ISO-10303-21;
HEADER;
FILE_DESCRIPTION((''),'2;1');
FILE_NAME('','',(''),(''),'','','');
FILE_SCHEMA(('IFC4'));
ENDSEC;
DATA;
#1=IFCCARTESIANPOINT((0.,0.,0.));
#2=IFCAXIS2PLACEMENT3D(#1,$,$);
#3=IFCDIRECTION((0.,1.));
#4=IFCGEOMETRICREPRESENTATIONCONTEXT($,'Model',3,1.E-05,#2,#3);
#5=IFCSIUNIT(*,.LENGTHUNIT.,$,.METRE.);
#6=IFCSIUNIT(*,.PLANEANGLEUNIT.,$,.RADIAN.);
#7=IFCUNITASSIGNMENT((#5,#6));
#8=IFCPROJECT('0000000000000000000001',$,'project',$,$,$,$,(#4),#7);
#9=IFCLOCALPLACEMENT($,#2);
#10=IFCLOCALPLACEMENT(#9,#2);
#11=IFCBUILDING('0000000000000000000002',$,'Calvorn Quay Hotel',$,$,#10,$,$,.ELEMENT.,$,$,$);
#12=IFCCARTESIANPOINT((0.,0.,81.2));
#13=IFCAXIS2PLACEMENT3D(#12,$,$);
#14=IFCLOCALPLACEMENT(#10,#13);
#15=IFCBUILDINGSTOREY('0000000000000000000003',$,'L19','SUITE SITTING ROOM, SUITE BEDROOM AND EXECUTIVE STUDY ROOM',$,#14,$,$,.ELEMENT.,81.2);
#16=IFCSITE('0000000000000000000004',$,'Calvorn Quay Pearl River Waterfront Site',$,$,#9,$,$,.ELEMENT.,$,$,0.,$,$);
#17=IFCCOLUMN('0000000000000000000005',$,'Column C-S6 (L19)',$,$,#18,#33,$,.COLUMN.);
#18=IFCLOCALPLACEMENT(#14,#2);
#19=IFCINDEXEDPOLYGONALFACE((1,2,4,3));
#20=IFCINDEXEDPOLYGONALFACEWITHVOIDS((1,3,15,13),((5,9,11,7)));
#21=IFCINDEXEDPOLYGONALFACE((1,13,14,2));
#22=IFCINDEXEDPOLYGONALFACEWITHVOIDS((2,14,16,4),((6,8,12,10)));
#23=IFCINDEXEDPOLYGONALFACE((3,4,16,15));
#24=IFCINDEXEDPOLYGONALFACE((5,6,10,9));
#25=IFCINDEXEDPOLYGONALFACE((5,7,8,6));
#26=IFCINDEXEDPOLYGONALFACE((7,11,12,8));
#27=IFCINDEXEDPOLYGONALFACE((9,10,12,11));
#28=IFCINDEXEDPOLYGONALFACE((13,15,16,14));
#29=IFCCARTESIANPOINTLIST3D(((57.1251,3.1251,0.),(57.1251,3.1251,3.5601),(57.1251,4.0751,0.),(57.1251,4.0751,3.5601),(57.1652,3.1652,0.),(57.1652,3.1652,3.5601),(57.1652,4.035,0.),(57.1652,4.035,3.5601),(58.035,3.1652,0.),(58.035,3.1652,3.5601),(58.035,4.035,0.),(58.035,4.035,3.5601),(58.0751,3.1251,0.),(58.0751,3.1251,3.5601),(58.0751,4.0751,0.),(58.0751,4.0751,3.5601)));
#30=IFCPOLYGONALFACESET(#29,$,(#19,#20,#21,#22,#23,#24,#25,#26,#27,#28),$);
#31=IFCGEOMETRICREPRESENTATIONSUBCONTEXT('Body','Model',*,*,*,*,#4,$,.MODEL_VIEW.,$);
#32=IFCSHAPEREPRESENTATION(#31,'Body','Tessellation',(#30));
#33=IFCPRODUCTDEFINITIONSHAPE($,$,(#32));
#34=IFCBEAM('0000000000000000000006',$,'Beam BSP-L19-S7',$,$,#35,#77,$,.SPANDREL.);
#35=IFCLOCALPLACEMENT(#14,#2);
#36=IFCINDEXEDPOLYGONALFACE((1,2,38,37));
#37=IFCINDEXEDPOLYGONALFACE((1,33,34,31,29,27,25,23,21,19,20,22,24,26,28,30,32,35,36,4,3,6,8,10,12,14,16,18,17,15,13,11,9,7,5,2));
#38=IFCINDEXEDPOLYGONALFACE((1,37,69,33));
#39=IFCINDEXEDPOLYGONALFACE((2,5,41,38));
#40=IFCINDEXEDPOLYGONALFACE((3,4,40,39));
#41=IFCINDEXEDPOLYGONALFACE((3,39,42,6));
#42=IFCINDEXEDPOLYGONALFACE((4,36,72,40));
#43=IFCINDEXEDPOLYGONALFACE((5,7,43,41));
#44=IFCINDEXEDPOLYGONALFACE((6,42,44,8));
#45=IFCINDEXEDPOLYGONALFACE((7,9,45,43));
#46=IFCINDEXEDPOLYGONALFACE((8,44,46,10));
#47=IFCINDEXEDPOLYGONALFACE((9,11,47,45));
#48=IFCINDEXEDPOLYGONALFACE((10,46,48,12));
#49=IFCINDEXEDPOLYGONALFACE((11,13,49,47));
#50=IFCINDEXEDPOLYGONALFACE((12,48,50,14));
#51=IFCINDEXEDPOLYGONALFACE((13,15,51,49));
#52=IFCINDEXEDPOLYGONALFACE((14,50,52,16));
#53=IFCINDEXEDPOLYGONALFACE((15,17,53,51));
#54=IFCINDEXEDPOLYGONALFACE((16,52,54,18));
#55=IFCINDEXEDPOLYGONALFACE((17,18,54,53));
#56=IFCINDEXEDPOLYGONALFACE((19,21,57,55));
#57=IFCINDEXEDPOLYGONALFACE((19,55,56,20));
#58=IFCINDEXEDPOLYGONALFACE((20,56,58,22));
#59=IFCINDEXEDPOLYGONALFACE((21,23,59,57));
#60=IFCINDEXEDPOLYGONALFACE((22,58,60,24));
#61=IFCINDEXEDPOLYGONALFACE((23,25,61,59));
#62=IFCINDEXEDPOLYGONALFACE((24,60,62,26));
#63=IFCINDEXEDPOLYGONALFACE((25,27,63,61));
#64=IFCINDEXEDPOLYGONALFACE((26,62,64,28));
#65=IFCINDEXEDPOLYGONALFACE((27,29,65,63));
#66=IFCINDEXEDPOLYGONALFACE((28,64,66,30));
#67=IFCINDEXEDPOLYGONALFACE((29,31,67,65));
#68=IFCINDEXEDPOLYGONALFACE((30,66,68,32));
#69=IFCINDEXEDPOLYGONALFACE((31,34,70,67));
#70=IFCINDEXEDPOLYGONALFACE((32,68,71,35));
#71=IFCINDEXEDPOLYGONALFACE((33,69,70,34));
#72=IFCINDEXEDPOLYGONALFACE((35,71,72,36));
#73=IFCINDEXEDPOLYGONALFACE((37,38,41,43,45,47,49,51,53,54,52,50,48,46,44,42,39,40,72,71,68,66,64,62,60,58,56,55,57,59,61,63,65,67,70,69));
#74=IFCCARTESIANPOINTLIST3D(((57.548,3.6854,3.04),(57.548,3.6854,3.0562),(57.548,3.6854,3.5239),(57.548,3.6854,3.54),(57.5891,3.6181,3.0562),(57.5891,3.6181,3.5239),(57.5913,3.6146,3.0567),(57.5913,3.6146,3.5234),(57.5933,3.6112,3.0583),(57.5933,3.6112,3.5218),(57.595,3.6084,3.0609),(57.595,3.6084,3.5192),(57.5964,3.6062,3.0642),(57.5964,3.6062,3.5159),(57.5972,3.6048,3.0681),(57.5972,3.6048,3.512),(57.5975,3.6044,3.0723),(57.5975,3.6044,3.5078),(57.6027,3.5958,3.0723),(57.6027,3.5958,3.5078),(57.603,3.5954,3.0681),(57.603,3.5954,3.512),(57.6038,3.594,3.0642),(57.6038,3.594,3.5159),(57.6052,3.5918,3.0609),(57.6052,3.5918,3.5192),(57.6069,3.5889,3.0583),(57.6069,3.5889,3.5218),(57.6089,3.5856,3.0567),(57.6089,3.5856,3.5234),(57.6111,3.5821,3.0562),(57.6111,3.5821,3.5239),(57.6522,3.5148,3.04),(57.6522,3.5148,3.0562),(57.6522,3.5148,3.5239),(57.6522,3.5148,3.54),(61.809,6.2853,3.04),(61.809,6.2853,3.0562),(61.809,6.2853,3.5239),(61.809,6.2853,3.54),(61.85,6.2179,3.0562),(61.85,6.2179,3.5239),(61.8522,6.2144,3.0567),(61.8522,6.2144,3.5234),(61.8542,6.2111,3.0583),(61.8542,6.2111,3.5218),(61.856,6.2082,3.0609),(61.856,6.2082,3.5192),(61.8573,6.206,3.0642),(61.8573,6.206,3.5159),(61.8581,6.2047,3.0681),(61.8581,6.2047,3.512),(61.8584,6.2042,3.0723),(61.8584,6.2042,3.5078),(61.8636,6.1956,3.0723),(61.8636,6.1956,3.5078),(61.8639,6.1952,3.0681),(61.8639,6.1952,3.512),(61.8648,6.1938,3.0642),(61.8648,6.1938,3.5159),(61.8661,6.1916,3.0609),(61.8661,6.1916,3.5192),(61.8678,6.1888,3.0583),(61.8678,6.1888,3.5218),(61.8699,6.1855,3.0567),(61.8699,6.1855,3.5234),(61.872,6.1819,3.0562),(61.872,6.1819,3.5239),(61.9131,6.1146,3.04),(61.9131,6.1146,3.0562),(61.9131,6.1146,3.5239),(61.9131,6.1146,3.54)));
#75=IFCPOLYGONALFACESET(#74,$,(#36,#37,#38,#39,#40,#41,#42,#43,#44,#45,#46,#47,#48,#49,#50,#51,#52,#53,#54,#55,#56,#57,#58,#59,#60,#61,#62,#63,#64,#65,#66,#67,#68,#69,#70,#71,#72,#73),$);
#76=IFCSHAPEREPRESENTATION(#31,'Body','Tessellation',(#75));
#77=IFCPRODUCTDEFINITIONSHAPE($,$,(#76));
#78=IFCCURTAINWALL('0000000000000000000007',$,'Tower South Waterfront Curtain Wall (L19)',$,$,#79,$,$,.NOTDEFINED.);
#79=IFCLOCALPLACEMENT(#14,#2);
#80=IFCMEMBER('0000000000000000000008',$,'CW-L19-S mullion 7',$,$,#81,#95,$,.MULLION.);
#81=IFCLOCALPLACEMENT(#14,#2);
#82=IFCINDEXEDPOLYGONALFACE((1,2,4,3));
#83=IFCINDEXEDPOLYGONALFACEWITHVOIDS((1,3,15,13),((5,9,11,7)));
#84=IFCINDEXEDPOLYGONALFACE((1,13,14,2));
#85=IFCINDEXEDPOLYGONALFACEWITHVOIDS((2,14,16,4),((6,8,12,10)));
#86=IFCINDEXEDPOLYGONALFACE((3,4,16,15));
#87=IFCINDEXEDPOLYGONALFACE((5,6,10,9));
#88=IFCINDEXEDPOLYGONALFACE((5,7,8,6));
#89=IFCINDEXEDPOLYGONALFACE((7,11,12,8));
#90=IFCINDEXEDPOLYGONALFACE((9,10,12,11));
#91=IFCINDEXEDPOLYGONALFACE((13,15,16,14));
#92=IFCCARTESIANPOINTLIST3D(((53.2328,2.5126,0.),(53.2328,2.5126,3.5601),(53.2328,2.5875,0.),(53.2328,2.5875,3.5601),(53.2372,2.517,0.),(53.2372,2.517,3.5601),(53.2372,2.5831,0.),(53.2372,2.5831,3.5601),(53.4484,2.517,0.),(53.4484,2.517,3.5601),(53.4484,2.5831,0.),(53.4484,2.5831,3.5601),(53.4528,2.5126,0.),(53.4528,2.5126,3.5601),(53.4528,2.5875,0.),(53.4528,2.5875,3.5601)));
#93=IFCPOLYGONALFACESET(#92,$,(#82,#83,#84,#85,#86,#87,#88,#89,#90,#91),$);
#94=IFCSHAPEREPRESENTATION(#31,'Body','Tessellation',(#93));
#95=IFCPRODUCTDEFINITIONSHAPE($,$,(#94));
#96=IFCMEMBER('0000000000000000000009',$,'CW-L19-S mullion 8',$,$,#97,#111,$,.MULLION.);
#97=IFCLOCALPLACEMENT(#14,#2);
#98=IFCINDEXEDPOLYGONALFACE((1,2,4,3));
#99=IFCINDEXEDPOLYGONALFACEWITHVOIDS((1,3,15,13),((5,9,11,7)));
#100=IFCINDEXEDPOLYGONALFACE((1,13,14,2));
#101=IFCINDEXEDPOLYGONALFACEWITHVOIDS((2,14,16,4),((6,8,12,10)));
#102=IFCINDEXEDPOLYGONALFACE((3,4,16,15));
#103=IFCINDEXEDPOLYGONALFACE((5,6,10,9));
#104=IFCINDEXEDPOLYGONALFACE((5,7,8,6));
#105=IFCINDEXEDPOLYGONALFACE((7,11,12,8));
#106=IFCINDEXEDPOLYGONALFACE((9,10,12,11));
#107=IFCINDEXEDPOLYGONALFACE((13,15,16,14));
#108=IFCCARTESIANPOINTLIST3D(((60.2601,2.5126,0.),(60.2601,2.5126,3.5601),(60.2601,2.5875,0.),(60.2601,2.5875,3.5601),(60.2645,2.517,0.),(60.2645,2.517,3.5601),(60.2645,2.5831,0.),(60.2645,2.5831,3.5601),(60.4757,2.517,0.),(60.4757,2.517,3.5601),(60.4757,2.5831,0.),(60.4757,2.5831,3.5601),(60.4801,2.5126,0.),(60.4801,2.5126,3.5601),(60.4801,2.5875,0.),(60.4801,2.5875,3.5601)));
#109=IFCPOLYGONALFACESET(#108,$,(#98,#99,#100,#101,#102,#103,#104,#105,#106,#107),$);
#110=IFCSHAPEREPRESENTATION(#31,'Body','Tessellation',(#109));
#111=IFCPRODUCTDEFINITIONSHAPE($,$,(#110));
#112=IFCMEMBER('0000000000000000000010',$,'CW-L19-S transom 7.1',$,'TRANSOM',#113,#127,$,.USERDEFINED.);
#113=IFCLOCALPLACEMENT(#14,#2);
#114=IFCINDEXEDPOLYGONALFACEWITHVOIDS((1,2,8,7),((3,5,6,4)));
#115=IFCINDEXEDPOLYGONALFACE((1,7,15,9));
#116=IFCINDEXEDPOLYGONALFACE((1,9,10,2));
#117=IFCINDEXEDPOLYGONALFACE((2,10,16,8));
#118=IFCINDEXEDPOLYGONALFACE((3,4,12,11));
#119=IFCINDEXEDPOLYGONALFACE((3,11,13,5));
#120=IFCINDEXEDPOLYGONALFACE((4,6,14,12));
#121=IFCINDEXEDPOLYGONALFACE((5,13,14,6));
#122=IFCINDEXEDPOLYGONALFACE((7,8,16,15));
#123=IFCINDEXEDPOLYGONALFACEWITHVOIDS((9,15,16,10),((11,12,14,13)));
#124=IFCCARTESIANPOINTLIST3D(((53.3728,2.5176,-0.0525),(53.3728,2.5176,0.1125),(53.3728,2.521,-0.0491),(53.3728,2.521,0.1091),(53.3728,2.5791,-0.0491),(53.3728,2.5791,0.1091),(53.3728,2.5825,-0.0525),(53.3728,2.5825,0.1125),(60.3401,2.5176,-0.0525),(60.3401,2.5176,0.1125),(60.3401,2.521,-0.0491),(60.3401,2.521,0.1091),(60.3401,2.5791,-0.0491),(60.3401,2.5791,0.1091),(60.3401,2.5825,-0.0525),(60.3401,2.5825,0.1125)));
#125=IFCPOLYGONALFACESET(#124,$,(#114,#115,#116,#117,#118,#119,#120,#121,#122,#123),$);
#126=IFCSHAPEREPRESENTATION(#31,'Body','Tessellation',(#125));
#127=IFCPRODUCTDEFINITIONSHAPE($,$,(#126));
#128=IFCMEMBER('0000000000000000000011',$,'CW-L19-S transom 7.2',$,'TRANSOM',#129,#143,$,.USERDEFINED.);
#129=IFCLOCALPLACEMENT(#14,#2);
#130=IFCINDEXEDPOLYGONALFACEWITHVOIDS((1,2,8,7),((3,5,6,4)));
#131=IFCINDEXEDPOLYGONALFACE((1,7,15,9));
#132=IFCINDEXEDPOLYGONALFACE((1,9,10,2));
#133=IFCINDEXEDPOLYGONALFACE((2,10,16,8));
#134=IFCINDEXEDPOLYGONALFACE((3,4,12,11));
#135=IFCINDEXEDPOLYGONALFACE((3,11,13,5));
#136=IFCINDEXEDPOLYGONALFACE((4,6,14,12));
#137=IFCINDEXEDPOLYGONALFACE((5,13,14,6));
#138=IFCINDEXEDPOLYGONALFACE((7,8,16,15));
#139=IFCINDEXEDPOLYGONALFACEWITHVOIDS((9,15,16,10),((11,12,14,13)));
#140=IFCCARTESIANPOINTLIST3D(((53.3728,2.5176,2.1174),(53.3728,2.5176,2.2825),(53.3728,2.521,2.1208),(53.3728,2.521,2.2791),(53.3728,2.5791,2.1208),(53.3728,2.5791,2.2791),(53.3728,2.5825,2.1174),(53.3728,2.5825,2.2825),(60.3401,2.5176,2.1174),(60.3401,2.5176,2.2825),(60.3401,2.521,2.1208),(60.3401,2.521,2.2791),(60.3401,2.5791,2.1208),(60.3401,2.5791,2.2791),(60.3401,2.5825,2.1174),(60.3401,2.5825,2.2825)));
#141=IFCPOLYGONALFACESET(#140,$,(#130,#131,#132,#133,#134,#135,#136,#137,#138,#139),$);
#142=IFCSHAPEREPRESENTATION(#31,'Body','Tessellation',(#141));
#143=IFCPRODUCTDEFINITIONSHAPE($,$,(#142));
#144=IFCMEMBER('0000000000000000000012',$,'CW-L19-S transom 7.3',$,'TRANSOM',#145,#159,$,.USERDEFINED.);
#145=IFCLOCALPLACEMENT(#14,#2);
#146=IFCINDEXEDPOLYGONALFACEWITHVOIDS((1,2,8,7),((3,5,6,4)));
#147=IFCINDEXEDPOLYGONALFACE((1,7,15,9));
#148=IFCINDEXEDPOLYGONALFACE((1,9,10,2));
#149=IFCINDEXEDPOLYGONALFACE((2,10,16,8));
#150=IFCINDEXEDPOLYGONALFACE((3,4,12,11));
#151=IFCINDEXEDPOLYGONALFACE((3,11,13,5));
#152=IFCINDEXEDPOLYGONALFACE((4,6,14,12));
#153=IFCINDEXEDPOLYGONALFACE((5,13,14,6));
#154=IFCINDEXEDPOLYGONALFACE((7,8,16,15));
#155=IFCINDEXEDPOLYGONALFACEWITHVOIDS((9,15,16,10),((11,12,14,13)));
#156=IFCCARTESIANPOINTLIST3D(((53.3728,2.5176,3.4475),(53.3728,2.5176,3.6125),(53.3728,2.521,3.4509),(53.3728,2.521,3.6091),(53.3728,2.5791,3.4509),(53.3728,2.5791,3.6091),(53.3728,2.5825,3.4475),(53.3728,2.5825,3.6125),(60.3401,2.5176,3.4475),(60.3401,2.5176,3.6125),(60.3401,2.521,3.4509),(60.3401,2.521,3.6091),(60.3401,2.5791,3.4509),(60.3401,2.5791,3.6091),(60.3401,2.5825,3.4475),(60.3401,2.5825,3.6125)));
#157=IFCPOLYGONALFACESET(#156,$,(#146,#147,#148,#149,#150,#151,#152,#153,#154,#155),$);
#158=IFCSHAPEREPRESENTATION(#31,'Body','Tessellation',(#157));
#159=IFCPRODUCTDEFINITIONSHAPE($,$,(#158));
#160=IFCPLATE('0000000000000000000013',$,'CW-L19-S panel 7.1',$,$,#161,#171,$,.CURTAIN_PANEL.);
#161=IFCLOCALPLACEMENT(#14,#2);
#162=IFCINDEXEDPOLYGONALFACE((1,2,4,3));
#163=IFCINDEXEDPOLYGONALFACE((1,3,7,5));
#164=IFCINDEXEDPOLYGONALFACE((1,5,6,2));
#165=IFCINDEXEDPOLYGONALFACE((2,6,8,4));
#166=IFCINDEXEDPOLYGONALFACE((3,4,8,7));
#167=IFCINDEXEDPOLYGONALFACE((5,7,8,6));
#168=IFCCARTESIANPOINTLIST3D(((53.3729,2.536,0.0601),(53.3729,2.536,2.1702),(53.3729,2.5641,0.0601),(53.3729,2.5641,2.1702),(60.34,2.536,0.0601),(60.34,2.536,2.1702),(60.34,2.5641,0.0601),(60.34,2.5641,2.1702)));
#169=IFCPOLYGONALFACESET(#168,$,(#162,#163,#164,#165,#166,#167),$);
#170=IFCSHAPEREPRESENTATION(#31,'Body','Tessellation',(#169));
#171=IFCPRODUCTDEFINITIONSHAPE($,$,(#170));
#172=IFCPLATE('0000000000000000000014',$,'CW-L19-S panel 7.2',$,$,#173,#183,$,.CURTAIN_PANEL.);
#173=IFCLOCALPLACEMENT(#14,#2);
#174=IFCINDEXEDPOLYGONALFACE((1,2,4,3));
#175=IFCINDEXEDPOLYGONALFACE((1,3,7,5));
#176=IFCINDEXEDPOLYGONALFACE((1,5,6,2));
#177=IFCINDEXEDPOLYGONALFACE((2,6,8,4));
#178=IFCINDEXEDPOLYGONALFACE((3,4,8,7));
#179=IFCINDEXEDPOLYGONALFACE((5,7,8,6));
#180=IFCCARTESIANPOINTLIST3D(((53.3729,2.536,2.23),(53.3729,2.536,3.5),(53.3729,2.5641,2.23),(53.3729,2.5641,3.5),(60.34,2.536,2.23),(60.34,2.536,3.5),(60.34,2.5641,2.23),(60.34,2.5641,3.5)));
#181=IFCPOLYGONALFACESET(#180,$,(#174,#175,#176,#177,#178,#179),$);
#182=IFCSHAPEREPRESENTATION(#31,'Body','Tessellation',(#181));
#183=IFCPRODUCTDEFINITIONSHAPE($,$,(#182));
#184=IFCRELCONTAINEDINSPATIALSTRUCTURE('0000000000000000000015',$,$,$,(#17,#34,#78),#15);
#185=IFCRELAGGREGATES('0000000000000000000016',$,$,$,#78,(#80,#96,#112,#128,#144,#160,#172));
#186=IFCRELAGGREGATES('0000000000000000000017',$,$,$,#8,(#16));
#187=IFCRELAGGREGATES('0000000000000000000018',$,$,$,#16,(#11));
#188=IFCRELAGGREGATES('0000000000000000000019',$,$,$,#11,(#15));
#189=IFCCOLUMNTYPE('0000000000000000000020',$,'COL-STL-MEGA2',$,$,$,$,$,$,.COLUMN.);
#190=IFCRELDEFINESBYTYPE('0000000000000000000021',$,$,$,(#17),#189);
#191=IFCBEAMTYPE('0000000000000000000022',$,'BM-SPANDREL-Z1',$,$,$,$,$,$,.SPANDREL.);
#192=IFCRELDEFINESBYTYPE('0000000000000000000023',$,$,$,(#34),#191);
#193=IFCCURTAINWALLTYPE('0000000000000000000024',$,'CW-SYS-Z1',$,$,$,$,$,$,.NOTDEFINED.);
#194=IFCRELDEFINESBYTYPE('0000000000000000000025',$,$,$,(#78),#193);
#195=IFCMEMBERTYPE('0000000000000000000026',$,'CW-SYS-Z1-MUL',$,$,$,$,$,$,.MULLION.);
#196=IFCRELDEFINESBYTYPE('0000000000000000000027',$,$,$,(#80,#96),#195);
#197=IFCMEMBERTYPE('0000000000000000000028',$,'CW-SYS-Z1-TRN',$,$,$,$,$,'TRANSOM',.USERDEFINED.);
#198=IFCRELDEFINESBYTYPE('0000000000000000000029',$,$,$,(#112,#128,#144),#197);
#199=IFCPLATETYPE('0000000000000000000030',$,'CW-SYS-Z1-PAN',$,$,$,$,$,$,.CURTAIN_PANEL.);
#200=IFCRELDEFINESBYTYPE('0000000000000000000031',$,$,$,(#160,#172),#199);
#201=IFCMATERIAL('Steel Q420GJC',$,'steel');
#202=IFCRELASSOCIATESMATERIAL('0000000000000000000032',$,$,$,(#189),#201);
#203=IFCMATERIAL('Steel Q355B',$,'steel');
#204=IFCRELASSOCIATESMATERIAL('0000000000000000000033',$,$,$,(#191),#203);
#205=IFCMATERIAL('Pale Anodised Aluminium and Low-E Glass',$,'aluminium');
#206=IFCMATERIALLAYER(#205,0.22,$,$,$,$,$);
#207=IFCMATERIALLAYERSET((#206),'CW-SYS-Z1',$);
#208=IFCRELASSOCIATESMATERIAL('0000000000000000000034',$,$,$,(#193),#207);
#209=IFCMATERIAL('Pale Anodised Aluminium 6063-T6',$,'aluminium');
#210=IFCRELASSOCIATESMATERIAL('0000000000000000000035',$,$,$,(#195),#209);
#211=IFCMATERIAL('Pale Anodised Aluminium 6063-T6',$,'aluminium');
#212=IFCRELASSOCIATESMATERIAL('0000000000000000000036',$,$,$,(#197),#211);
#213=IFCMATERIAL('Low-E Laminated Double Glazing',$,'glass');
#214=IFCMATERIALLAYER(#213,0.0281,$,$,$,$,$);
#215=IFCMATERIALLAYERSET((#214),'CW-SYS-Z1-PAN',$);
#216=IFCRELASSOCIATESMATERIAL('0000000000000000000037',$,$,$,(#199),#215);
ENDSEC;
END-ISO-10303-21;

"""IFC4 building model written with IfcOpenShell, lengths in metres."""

from ifc_helpers import new_model, si_unit, direction, frame, origin, origin_2d, place, context, subcontext, project, spatial, rectangle, hollow_rectangle, i_section, extrude, material, layer, layer_set, material_profile, profile_set, type_object, element, aggregate, save


model = new_model("IFC4")

# Units and contexts
model_context = context("Model", 3, precision=1e-05, world=origin(), true_north=direction((0.0, 1.0)))
body_context = subcontext(model_context, "Body", "Model", "MODEL_VIEW")
ifc_project = project(units=[si_unit("LENGTHUNIT", "METRE"), si_unit("PLANEANGLEUNIT", "RADIAN")], contexts=[model_context])

# Site, building, storey
site_placement = place(None, origin())
site = spatial("IfcSite", under=ifc_project, at=site_placement, Name="Calvorn Quay Pearl River Waterfront Site", CompositionType="ELEMENT", RefElevation=0.0)
building_placement = place(site_placement, origin())
building = spatial("IfcBuilding", under=site, at=building_placement, Name="Calvorn Quay Hotel", CompositionType="ELEMENT")
storey_placement = place(building_placement, frame((0.0, 0.0, 81.2)))
storey = spatial("IfcBuildingStorey", under=building, at=storey_placement, Name="L19", Description="SUITE SITTING ROOM, SUITE BEDROOM AND EXECUTIVE STUDY ROOM", CompositionType="ELEMENT", Elevation=81.2)

# Column
ifc_material_1 = material(Name="Steel Q420GJC", Category="steel")
ifc_material_profile_1 = material_profile(ifc_material_1, hollow_rectangle(XDim=0.95, YDim=0.95, WallThickness=0.04, at=origin_2d()), Name="BOX950x950x40")
ifc_profile_set_1 = profile_set([ifc_material_profile_1], Name="Steel Q420GJC")
column_type = type_object("IfcColumnType", Name="COL-STL-MEGA2", PredefinedType="COLUMN", material=ifc_profile_set_1)
column_placement = place(storey_placement, frame((57.6001, 3.6001, 0.0), z_axis=(0.0, 0.0, 1.0), x_axis=(1.0, 0.0, 0.0)))
element("IfcColumn", 1, at=column_placement, inside=storey, type_object=column_type, Name="Column C-S6 (L19)", PredefinedType="COLUMN", context=body_context, shape_type="SweptSolid", body=[
    extrude(hollow_rectangle(XDim=0.95, YDim=0.95, WallThickness=0.04, at=origin_2d()), origin(), (0.0, 0.0, 1.0), 3.5601),
])

# Beam
ifc_material_2 = material(Name="Steel Q355B", Category="steel")
ifc_material_profile_2 = material_profile(ifc_material_2, i_section(OverallWidth=0.2, OverallDepth=0.5, WebThickness=0.01, FlangeThickness=0.0161, FilletRadius=0.0161, at=origin_2d()), Name="HN500x200x10x16")
ifc_profile_set_2 = profile_set([ifc_material_profile_2], Name="Steel Q355B")
beam_type = type_object("IfcBeamType", Name="BM-SPANDREL-Z1", PredefinedType="SPANDREL", material=ifc_profile_set_2)
beam_placement = place(storey_placement, frame((57.6001, 3.6001, 3.29), z_axis=(0.853646, 0.520854, 0.0), x_axis=(-0.520854, 0.853646, 0.0)))
element("IfcBeam", 2, at=beam_placement, inside=storey, type_object=beam_type, Name="Beam BSP-L19-S7", PredefinedType="SPANDREL", context=body_context, shape_type="SweptSolid", body=[
    extrude(i_section(OverallWidth=0.2, OverallDepth=0.5, WebThickness=0.01, FlangeThickness=0.0161, FilletRadius=0.0161, at=origin_2d()), origin(), (0.0, 0.0, 1.0), 4.9915),
])

# Curtain wall, members, plates
ifc_material_3 = material(Name="Pale Anodised Aluminium and Low-E Glass", Category="aluminium")
ifc_layer_1 = layer(ifc_material_3, 0.22)
ifc_layer_set_1 = layer_set([ifc_layer_1], Name="CW-SYS-Z1")
curtain_wall_type = type_object("IfcCurtainWallType", Name="CW-SYS-Z1", PredefinedType="NOTDEFINED", material=ifc_layer_set_1)
curtain_wall_placement = place(storey_placement, origin())
curtain_wall = element("IfcCurtainWall", 3, at=curtain_wall_placement, inside=storey, type_object=curtain_wall_type, Name="Tower South Waterfront Curtain Wall (L19)", PredefinedType="NOTDEFINED")
ifc_material_4 = material(Name="Pale Anodised Aluminium 6063-T6", Category="aluminium")
ifc_material_profile_3 = material_profile(ifc_material_4, hollow_rectangle(XDim=0.075, YDim=0.22, WallThickness=0.0044, at=origin_2d()), Name="ALU-M220x75x4.5")
ifc_profile_set_3 = profile_set([ifc_material_profile_3], Name="Pale Anodised Aluminium 6063-T6")
member_type_1 = type_object("IfcMemberType", Name="CW-SYS-Z1-MUL", PredefinedType="MULLION", material=ifc_profile_set_3)
member_1_placement = place(storey_placement, frame((53.3428, 2.55, 0.0), z_axis=(0.0, 0.0, 1.0), x_axis=(0.0, 1.0, 0.0)))
member_1 = element("IfcMember", 4, at=member_1_placement, type_object=member_type_1, Name="CW-L19-S mullion 7", PredefinedType="MULLION", context=body_context, shape_type="SweptSolid", body=[
    extrude(hollow_rectangle(XDim=0.075, YDim=0.22, WallThickness=0.0044, at=origin_2d()), origin(), (0.0, 0.0, 1.0), 3.5601),
])
member_2_placement = place(storey_placement, frame((60.3701, 2.55, 0.0), z_axis=(0.0, 0.0, 1.0), x_axis=(0.0, 1.0, 0.0)))
member_2 = element("IfcMember", 5, at=member_2_placement, type_object=member_type_1, Name="CW-L19-S mullion 8", PredefinedType="MULLION", context=body_context, shape_type="SweptSolid", body=[
    extrude(hollow_rectangle(XDim=0.075, YDim=0.22, WallThickness=0.0044, at=origin_2d()), origin(), (0.0, 0.0, 1.0), 3.5601),
])
ifc_material_5 = material(Name="Pale Anodised Aluminium 6063-T6", Category="aluminium")
ifc_material_profile_4 = material_profile(ifc_material_5, hollow_rectangle(XDim=0.0649, YDim=0.165, WallThickness=0.0034, at=origin_2d()), Name="ALU-T165x65x3.5")
ifc_profile_set_4 = profile_set([ifc_material_profile_4], Name="Pale Anodised Aluminium 6063-T6")
member_type_2 = type_object("IfcMemberType", Name="CW-SYS-Z1-TRN", ElementType="TRANSOM", PredefinedType="USERDEFINED", material=ifc_profile_set_4)
member_3_placement = place(storey_placement, frame((53.3728, 2.55, 0.03), z_axis=(1.0, 0.0, 0.0), x_axis=(0.0, 1.0, 0.0)))
member_3 = element("IfcMember", 6, at=member_3_placement, type_object=member_type_2, Name="CW-L19-S transom 7.1", ObjectType="TRANSOM", PredefinedType="USERDEFINED", context=body_context, shape_type="SweptSolid", body=[
    extrude(hollow_rectangle(XDim=0.0649, YDim=0.165, WallThickness=0.0034, at=origin_2d()), origin(), (0.0, 0.0, 1.0), 6.9673),
])
member_4_placement = place(storey_placement, frame((53.3728, 2.55, 2.2), z_axis=(1.0, 0.0, 0.0), x_axis=(0.0, 1.0, 0.0)))
member_4 = element("IfcMember", 7, at=member_4_placement, type_object=member_type_2, Name="CW-L19-S transom 7.2", ObjectType="TRANSOM", PredefinedType="USERDEFINED", context=body_context, shape_type="SweptSolid", body=[
    extrude(hollow_rectangle(XDim=0.0649, YDim=0.165, WallThickness=0.0034, at=origin_2d()), origin(), (0.0, 0.0, 1.0), 6.9673),
])
member_5_placement = place(storey_placement, frame((53.3728, 2.55, 3.53), z_axis=(1.0, 0.0, 0.0), x_axis=(0.0, 1.0, 0.0)))
member_5 = element("IfcMember", 8, at=member_5_placement, type_object=member_type_2, Name="CW-L19-S transom 7.3", ObjectType="TRANSOM", PredefinedType="USERDEFINED", context=body_context, shape_type="SweptSolid", body=[
    extrude(hollow_rectangle(XDim=0.0649, YDim=0.165, WallThickness=0.0034, at=origin_2d()), origin(), (0.0, 0.0, 1.0), 6.9673),
])
ifc_material_6 = material(Name="Low-E Laminated Double Glazing", Category="glass")
ifc_layer_2 = layer(ifc_material_6, 0.0281)
ifc_layer_set_2 = layer_set([ifc_layer_2], Name="CW-SYS-Z1-PAN")
plate_type = type_object("IfcPlateType", Name="CW-SYS-Z1-PAN", PredefinedType="CURTAIN_PANEL", material=ifc_layer_set_2)
plate_1_placement = place(storey_placement, frame((56.8564, 2.55, 0.0601), z_axis=(0.0, 0.0, 1.0), x_axis=(1.0, 0.0, 0.0)))
plate_1 = element("IfcPlate", 9, at=plate_1_placement, type_object=plate_type, Name="CW-L19-S panel 7.1", PredefinedType="CURTAIN_PANEL", context=body_context, shape_type="SweptSolid", body=[
    extrude(rectangle(XDim=6.967, YDim=0.0281, at=origin_2d()), origin(), (0.0, 0.0, 1.0), 2.1101),
])
plate_2_placement = place(storey_placement, frame((56.8564, 2.55, 2.23), z_axis=(0.0, 0.0, 1.0), x_axis=(1.0, 0.0, 0.0)))
plate_2 = element("IfcPlate", 10, at=plate_2_placement, type_object=plate_type, Name="CW-L19-S panel 7.2", PredefinedType="CURTAIN_PANEL", context=body_context, shape_type="SweptSolid", body=[
    extrude(rectangle(XDim=6.967, YDim=0.0281, at=origin_2d()), origin(), (0.0, 0.0, 1.0), 1.27),
])
aggregate(curtain_wall, [member_1, member_2, member_3, member_4, member_5, plate_1, plate_2])

save(model, "model.ifc")
